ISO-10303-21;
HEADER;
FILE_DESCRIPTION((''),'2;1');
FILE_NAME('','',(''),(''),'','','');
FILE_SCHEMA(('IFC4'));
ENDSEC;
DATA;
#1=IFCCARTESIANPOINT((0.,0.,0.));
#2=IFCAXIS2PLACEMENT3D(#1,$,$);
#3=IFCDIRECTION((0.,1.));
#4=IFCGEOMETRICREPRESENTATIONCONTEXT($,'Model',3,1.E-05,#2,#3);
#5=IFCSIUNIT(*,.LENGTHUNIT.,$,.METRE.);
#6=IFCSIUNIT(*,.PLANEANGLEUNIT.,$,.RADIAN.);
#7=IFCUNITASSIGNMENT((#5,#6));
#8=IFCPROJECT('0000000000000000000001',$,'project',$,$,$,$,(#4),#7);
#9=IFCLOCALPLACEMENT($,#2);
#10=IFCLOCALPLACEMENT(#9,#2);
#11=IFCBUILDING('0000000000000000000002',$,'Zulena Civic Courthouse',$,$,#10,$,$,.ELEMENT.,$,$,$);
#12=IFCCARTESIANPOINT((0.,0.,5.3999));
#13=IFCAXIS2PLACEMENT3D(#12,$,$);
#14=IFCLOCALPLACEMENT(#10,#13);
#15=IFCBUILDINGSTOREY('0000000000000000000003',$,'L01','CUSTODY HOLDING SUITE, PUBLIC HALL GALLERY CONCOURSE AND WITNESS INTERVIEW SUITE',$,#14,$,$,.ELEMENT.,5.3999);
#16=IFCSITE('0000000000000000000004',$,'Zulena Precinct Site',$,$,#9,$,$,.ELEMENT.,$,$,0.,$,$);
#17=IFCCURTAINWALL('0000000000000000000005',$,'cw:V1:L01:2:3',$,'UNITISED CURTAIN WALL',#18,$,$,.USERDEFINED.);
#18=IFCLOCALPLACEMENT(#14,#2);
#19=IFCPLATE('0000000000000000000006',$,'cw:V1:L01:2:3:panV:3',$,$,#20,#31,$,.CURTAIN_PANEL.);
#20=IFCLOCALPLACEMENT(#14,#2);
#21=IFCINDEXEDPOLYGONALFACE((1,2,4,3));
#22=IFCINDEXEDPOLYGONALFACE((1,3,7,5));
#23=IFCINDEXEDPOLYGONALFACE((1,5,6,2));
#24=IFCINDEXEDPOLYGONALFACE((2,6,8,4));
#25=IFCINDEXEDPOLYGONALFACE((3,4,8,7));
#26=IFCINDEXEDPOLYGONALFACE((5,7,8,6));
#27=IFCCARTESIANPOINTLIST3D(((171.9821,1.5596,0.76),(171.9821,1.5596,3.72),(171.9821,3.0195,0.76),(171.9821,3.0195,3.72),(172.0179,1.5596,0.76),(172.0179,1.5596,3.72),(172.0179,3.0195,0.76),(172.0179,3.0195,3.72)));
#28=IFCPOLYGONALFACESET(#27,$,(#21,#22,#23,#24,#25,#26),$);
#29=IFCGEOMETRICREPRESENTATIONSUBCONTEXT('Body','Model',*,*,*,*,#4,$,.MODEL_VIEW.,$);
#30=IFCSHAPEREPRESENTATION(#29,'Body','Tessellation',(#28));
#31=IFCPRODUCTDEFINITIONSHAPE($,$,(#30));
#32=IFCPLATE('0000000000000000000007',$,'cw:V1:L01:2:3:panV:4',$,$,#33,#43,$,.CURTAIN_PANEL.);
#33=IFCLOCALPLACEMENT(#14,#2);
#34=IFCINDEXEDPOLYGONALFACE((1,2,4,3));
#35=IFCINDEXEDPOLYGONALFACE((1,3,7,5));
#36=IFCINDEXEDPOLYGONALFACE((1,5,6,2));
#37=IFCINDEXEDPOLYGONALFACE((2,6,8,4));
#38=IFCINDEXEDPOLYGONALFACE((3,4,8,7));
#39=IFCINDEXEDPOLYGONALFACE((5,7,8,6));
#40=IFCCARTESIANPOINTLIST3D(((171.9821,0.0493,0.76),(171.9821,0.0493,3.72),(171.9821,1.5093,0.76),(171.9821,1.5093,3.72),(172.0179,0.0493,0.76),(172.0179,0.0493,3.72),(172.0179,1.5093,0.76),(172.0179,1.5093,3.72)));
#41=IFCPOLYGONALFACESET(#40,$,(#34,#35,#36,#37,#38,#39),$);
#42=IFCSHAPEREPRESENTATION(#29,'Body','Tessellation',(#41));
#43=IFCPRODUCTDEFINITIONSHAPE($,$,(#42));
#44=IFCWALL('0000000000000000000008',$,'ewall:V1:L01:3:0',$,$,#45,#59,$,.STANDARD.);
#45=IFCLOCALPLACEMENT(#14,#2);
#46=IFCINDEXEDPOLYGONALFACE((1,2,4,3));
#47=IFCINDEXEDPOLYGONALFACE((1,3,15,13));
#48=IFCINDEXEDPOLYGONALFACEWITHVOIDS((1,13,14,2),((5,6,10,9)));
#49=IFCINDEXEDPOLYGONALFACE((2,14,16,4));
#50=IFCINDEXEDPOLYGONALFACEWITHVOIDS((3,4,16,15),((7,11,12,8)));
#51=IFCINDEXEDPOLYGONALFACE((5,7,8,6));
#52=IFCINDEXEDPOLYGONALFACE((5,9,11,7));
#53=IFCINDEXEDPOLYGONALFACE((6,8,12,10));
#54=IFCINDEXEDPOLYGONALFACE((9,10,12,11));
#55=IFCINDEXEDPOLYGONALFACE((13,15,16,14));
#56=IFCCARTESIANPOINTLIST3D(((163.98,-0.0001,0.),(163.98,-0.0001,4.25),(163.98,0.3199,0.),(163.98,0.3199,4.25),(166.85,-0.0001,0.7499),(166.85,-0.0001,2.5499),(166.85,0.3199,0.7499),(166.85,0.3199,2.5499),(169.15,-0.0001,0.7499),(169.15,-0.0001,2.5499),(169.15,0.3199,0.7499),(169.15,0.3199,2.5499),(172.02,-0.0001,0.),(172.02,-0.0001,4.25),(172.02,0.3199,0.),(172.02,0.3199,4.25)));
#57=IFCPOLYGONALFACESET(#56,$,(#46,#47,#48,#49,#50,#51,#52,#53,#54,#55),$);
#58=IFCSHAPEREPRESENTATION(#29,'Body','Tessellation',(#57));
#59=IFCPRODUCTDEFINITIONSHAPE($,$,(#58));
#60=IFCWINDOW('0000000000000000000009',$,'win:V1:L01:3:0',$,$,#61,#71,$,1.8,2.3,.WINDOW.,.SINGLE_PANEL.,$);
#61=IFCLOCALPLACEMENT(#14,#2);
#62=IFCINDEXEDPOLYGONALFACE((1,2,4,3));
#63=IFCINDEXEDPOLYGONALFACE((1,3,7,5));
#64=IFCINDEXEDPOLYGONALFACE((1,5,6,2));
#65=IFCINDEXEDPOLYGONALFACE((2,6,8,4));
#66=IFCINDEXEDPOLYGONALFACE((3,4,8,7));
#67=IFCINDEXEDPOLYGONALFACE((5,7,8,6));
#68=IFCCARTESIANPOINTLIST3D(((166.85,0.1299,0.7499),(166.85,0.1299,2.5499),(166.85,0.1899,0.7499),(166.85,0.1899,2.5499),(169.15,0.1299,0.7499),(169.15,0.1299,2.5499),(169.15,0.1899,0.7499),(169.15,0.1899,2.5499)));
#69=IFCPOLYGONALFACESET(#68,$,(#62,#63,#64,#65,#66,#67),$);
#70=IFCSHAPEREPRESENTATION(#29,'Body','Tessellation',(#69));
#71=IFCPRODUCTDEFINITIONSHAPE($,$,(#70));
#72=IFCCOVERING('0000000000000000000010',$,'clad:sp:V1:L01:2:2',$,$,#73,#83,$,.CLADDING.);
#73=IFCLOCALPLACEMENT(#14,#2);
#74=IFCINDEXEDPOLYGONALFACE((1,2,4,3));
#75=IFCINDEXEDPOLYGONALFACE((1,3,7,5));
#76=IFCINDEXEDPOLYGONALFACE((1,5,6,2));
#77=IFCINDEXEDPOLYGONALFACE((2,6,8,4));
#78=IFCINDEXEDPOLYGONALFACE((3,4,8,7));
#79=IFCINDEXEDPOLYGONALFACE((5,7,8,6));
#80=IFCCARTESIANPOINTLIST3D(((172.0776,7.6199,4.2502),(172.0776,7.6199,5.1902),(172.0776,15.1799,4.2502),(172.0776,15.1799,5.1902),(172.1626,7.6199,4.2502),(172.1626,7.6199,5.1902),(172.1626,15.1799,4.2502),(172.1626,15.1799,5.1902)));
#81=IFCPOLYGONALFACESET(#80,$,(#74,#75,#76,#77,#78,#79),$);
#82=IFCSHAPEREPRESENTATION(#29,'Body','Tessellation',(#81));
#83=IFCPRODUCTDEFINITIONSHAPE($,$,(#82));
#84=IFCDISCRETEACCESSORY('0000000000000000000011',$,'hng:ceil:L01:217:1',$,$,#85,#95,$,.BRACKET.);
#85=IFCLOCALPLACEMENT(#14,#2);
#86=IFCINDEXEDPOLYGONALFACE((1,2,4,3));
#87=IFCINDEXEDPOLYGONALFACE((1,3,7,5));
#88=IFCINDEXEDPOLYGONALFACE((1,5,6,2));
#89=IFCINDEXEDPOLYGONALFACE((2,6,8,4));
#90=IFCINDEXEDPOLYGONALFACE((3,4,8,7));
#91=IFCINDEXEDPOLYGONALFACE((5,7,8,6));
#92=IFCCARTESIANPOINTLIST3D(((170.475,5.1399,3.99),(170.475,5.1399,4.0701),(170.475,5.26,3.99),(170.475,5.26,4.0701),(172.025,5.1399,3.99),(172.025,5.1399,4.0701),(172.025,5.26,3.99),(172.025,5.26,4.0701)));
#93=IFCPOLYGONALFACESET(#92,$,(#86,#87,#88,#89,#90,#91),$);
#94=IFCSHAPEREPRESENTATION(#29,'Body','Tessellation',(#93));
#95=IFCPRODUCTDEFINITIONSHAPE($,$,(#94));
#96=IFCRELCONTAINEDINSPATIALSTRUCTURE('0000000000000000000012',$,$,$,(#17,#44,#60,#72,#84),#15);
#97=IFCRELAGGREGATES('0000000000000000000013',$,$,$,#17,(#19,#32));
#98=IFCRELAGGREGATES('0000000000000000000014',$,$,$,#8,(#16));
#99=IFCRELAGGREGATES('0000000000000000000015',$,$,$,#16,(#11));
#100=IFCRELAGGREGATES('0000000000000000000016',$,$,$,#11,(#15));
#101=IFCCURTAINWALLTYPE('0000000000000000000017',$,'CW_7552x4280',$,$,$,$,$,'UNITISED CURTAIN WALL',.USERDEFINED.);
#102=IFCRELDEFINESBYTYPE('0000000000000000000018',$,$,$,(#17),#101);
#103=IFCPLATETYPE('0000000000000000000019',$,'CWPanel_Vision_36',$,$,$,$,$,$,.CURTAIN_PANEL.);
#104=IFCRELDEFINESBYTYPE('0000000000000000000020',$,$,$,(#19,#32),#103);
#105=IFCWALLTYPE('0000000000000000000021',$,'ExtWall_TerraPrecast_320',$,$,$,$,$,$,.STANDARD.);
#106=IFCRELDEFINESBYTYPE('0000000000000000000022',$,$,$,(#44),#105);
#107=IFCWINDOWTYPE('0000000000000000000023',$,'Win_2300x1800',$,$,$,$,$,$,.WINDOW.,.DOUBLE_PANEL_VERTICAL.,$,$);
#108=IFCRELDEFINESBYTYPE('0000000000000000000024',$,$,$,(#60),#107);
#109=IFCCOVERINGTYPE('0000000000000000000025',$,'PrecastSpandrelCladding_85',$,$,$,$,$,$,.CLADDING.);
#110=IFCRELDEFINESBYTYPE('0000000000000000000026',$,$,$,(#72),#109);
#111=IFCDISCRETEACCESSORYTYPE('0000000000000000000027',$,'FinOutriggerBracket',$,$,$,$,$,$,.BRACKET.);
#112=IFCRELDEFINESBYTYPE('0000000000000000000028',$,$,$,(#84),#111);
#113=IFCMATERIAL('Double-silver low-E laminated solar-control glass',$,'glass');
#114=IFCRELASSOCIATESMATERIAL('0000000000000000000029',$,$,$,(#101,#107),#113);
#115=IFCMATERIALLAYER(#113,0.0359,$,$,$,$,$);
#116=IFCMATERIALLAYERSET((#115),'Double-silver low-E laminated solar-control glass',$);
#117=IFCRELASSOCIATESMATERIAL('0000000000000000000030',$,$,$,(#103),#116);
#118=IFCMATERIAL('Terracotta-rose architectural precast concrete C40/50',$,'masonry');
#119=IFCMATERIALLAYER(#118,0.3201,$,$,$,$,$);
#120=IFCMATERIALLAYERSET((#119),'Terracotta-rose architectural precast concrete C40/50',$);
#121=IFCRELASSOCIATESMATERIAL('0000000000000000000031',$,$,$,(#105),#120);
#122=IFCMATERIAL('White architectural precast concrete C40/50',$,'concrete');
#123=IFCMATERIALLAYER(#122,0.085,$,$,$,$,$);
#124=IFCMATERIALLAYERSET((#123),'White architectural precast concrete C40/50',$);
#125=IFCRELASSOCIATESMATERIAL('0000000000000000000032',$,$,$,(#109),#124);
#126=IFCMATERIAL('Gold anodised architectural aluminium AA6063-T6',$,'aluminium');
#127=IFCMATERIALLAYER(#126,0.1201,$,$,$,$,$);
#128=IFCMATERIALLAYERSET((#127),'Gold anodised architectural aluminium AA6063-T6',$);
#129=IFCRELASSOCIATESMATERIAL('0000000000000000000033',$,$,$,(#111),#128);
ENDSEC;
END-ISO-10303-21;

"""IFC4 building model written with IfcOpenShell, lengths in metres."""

from ifc_helpers import new_model, si_unit, direction, frame, frame_2d, origin, origin_2d, place, context, subcontext, project, spatial, rectangle, extrude, material, layer, layer_set, type_object, element, fill, aggregate, save


model = new_model("IFC4")

# Units and contexts
model_context = context("Model", 3, precision=1e-05, world=origin(), true_north=direction((0.0, 1.0)))
body_context = subcontext(model_context, "Body", "Model", "MODEL_VIEW")
ifc_project = project(units=[si_unit("LENGTHUNIT", "METRE"), si_unit("PLANEANGLEUNIT", "RADIAN")], contexts=[model_context])

# Site, building, storey
site_placement = place(None, origin())
site = spatial("IfcSite", under=ifc_project, at=site_placement, Name="Zulena Precinct Site", CompositionType="ELEMENT", RefElevation=0.0)
building_placement = place(site_placement, origin())
building = spatial("IfcBuilding", under=site, at=building_placement, Name="Zulena Civic Courthouse", CompositionType="ELEMENT")
storey_placement = place(building_placement, frame((0.0, 0.0, 5.3999)))
storey = spatial("IfcBuildingStorey", under=building, at=storey_placement, Name="L01", Description="CUSTODY HOLDING SUITE, PUBLIC HALL GALLERY CONCOURSE AND WITNESS INTERVIEW SUITE", CompositionType="ELEMENT", Elevation=5.3999)

# Curtain wall
ifc_material_1 = material(Name="Double-silver low-E laminated solar-control glass", Category="glass")
curtain_wall_type = type_object("IfcCurtainWallType", Name="CW_7552x4280", ElementType="UNITISED CURTAIN WALL", PredefinedType="USERDEFINED", material=ifc_material_1)
curtain_wall_placement = place(storey_placement, origin())
curtain_wall = element("IfcCurtainWall", 1, at=curtain_wall_placement, inside=storey, type_object=curtain_wall_type, Name="cw:V1:L01:2:3", ObjectType="UNITISED CURTAIN WALL", PredefinedType="USERDEFINED")

# Plates
ifc_layer_1 = layer(ifc_material_1, 0.0359)
ifc_layer_set_1 = layer_set([ifc_layer_1], Name="Double-silver low-E laminated solar-control glass")
plate_type_1 = type_object("IfcPlateType", Name="CWPanel_Vision_36", PredefinedType="CURTAIN_PANEL", material=ifc_layer_set_1)
plate_1_placement = place(storey_placement, frame((172.0, 2.2896, 0.76), z_axis=(0.0, 0.0, 1.0), x_axis=(0.0, -1.0, 0.0)))
plate_1 = element("IfcPlate", 2, at=plate_1_placement, type_object=plate_type_1, Name="cw:V1:L01:2:3:panV:3", PredefinedType="CURTAIN_PANEL", context=body_context, shape_type="SweptSolid", body=[
    extrude(rectangle(XDim=1.46, YDim=0.0359, at=origin_2d()), origin(), (0.0, 0.0, 1.0), 2.96),
])
plate_2_placement = place(storey_placement, frame((172.0, 0.7793, 0.76), z_axis=(0.0, 0.0, 1.0), x_axis=(0.0, -1.0, 0.0)))
plate_2 = element("IfcPlate", 3, at=plate_2_placement, type_object=plate_type_1, Name="cw:V1:L01:2:3:panV:4", PredefinedType="CURTAIN_PANEL", context=body_context, shape_type="SweptSolid", body=[
    extrude(rectangle(XDim=1.46, YDim=0.0359, at=origin_2d()), origin(), (0.0, 0.0, 1.0), 2.96),
])
aggregate(curtain_wall, [plate_1, plate_2])

# Wall, opening, window
ifc_material_2 = material(Name="Terracotta-rose architectural precast concrete C40/50", Category="masonry")
ifc_layer_2 = layer(ifc_material_2, 0.3201)
ifc_layer_set_2 = layer_set([ifc_layer_2], Name="Terracotta-rose architectural precast concrete C40/50")
wall_type = type_object("IfcWallType", Name="ExtWall_TerraPrecast_320", PredefinedType="STANDARD", material=ifc_layer_set_2)
wall_placement = place(storey_placement, frame((172.02, 0.1599, 0.0), z_axis=(0.0, 0.0, 1.0), x_axis=(-1.0, 0.0, 0.0)))
wall = element("IfcWall", 4, at=wall_placement, inside=storey, type_object=wall_type, Name="ewall:V1:L01:3:0", PredefinedType="STANDARD", context=body_context, shape_type="SweptSolid", body=[
    extrude(rectangle(XDim=8.04, YDim=0.3201, at=frame_2d((4.02, 0.0))), origin(), (0.0, 0.0, 1.0), 4.25),
])
opening_placement = place(wall_placement, frame((2.8701, 0.0, 0.75)))
opening = element("IfcOpeningElement", 5, at=opening_placement, cuts=wall, PredefinedType="OPENING", context=body_context, shape_type="SweptSolid", body=[
    extrude(rectangle(XDim=2.3, YDim=1.8, at=frame_2d((1.1499, 0.8999))), frame((0.0, 0.1699, 0.0), z_axis=(0.0, -1.0, 0.0), x_axis=(1.0, 0.0, 0.0)), (0.0, 0.0, 1.0), 0.3401),
])
window_type = type_object("IfcWindowType", Name="Win_2300x1800", PartitioningType="DOUBLE_PANEL_VERTICAL", PredefinedType="WINDOW", material=ifc_material_1)
window_placement = place(opening_placement, origin())
window = element("IfcWindow", 6, at=window_placement, inside=storey, type_object=window_type, Name="win:V1:L01:3:0", OverallHeight=1.8, OverallWidth=2.3, PartitioningType="SINGLE_PANEL", PredefinedType="WINDOW", context=body_context, shape_type="SweptSolid", body=[
    extrude(rectangle(XDim=2.3, YDim=1.8, at=frame_2d((1.1499, 0.8999))), frame((0.0, 0.03, 0.0), z_axis=(0.0, -1.0, 0.0), x_axis=(1.0, 0.0, 0.0)), (0.0, 0.0, 1.0), 0.0601),
])
fill(opening, window)

# Covering
ifc_material_3 = material(Name="White architectural precast concrete C40/50", Category="concrete")
ifc_layer_3 = layer(ifc_material_3, 0.085)
ifc_layer_set_3 = layer_set([ifc_layer_3], Name="White architectural precast concrete C40/50")
covering_type = type_object("IfcCoveringType", Name="PrecastSpandrelCladding_85", PredefinedType="CLADDING", material=ifc_layer_set_3)
covering_placement = place(storey_placement, frame((172.1201, 11.3999, 4.2502), z_axis=(0.0, 0.0, 1.0), x_axis=(0.0, -1.0, 0.0)))
element("IfcCovering", 7, at=covering_placement, inside=storey, type_object=covering_type, Name="clad:sp:V1:L01:2:2", PredefinedType="CLADDING", context=body_context, shape_type="SweptSolid", body=[
    extrude(rectangle(XDim=7.5601, YDim=0.085, at=origin_2d()), origin(), (0.0, 0.0, 1.0), 0.9399),
])

# Discrete accessory
ifc_material_4 = material(Name="Gold anodised architectural aluminium AA6063-T6", Category="aluminium")
ifc_layer_4 = layer(ifc_material_4, 0.1201)
ifc_layer_set_4 = layer_set([ifc_layer_4], Name="Gold anodised architectural aluminium AA6063-T6")
discrete_accessory_type = type_object("IfcDiscreteAccessoryType", Name="FinOutriggerBracket", PredefinedType="BRACKET", material=ifc_layer_set_4)
discrete_accessory_placement = place(storey_placement, frame((171.25, 5.2, 3.99), z_axis=(0.0, 0.0, 1.0), x_axis=(1.0, 0.0, 0.0)))
element("IfcDiscreteAccessory", 8, at=discrete_accessory_placement, inside=storey, type_object=discrete_accessory_type, Name="hng:ceil:L01:217:1", PredefinedType="BRACKET", context=body_context, shape_type="SweptSolid", body=[
    extrude(rectangle(XDim=1.55, YDim=0.1201, at=origin_2d()), origin(), (0.0, 0.0, 1.0), 0.0801),
])

save(model, "model.ifc")
